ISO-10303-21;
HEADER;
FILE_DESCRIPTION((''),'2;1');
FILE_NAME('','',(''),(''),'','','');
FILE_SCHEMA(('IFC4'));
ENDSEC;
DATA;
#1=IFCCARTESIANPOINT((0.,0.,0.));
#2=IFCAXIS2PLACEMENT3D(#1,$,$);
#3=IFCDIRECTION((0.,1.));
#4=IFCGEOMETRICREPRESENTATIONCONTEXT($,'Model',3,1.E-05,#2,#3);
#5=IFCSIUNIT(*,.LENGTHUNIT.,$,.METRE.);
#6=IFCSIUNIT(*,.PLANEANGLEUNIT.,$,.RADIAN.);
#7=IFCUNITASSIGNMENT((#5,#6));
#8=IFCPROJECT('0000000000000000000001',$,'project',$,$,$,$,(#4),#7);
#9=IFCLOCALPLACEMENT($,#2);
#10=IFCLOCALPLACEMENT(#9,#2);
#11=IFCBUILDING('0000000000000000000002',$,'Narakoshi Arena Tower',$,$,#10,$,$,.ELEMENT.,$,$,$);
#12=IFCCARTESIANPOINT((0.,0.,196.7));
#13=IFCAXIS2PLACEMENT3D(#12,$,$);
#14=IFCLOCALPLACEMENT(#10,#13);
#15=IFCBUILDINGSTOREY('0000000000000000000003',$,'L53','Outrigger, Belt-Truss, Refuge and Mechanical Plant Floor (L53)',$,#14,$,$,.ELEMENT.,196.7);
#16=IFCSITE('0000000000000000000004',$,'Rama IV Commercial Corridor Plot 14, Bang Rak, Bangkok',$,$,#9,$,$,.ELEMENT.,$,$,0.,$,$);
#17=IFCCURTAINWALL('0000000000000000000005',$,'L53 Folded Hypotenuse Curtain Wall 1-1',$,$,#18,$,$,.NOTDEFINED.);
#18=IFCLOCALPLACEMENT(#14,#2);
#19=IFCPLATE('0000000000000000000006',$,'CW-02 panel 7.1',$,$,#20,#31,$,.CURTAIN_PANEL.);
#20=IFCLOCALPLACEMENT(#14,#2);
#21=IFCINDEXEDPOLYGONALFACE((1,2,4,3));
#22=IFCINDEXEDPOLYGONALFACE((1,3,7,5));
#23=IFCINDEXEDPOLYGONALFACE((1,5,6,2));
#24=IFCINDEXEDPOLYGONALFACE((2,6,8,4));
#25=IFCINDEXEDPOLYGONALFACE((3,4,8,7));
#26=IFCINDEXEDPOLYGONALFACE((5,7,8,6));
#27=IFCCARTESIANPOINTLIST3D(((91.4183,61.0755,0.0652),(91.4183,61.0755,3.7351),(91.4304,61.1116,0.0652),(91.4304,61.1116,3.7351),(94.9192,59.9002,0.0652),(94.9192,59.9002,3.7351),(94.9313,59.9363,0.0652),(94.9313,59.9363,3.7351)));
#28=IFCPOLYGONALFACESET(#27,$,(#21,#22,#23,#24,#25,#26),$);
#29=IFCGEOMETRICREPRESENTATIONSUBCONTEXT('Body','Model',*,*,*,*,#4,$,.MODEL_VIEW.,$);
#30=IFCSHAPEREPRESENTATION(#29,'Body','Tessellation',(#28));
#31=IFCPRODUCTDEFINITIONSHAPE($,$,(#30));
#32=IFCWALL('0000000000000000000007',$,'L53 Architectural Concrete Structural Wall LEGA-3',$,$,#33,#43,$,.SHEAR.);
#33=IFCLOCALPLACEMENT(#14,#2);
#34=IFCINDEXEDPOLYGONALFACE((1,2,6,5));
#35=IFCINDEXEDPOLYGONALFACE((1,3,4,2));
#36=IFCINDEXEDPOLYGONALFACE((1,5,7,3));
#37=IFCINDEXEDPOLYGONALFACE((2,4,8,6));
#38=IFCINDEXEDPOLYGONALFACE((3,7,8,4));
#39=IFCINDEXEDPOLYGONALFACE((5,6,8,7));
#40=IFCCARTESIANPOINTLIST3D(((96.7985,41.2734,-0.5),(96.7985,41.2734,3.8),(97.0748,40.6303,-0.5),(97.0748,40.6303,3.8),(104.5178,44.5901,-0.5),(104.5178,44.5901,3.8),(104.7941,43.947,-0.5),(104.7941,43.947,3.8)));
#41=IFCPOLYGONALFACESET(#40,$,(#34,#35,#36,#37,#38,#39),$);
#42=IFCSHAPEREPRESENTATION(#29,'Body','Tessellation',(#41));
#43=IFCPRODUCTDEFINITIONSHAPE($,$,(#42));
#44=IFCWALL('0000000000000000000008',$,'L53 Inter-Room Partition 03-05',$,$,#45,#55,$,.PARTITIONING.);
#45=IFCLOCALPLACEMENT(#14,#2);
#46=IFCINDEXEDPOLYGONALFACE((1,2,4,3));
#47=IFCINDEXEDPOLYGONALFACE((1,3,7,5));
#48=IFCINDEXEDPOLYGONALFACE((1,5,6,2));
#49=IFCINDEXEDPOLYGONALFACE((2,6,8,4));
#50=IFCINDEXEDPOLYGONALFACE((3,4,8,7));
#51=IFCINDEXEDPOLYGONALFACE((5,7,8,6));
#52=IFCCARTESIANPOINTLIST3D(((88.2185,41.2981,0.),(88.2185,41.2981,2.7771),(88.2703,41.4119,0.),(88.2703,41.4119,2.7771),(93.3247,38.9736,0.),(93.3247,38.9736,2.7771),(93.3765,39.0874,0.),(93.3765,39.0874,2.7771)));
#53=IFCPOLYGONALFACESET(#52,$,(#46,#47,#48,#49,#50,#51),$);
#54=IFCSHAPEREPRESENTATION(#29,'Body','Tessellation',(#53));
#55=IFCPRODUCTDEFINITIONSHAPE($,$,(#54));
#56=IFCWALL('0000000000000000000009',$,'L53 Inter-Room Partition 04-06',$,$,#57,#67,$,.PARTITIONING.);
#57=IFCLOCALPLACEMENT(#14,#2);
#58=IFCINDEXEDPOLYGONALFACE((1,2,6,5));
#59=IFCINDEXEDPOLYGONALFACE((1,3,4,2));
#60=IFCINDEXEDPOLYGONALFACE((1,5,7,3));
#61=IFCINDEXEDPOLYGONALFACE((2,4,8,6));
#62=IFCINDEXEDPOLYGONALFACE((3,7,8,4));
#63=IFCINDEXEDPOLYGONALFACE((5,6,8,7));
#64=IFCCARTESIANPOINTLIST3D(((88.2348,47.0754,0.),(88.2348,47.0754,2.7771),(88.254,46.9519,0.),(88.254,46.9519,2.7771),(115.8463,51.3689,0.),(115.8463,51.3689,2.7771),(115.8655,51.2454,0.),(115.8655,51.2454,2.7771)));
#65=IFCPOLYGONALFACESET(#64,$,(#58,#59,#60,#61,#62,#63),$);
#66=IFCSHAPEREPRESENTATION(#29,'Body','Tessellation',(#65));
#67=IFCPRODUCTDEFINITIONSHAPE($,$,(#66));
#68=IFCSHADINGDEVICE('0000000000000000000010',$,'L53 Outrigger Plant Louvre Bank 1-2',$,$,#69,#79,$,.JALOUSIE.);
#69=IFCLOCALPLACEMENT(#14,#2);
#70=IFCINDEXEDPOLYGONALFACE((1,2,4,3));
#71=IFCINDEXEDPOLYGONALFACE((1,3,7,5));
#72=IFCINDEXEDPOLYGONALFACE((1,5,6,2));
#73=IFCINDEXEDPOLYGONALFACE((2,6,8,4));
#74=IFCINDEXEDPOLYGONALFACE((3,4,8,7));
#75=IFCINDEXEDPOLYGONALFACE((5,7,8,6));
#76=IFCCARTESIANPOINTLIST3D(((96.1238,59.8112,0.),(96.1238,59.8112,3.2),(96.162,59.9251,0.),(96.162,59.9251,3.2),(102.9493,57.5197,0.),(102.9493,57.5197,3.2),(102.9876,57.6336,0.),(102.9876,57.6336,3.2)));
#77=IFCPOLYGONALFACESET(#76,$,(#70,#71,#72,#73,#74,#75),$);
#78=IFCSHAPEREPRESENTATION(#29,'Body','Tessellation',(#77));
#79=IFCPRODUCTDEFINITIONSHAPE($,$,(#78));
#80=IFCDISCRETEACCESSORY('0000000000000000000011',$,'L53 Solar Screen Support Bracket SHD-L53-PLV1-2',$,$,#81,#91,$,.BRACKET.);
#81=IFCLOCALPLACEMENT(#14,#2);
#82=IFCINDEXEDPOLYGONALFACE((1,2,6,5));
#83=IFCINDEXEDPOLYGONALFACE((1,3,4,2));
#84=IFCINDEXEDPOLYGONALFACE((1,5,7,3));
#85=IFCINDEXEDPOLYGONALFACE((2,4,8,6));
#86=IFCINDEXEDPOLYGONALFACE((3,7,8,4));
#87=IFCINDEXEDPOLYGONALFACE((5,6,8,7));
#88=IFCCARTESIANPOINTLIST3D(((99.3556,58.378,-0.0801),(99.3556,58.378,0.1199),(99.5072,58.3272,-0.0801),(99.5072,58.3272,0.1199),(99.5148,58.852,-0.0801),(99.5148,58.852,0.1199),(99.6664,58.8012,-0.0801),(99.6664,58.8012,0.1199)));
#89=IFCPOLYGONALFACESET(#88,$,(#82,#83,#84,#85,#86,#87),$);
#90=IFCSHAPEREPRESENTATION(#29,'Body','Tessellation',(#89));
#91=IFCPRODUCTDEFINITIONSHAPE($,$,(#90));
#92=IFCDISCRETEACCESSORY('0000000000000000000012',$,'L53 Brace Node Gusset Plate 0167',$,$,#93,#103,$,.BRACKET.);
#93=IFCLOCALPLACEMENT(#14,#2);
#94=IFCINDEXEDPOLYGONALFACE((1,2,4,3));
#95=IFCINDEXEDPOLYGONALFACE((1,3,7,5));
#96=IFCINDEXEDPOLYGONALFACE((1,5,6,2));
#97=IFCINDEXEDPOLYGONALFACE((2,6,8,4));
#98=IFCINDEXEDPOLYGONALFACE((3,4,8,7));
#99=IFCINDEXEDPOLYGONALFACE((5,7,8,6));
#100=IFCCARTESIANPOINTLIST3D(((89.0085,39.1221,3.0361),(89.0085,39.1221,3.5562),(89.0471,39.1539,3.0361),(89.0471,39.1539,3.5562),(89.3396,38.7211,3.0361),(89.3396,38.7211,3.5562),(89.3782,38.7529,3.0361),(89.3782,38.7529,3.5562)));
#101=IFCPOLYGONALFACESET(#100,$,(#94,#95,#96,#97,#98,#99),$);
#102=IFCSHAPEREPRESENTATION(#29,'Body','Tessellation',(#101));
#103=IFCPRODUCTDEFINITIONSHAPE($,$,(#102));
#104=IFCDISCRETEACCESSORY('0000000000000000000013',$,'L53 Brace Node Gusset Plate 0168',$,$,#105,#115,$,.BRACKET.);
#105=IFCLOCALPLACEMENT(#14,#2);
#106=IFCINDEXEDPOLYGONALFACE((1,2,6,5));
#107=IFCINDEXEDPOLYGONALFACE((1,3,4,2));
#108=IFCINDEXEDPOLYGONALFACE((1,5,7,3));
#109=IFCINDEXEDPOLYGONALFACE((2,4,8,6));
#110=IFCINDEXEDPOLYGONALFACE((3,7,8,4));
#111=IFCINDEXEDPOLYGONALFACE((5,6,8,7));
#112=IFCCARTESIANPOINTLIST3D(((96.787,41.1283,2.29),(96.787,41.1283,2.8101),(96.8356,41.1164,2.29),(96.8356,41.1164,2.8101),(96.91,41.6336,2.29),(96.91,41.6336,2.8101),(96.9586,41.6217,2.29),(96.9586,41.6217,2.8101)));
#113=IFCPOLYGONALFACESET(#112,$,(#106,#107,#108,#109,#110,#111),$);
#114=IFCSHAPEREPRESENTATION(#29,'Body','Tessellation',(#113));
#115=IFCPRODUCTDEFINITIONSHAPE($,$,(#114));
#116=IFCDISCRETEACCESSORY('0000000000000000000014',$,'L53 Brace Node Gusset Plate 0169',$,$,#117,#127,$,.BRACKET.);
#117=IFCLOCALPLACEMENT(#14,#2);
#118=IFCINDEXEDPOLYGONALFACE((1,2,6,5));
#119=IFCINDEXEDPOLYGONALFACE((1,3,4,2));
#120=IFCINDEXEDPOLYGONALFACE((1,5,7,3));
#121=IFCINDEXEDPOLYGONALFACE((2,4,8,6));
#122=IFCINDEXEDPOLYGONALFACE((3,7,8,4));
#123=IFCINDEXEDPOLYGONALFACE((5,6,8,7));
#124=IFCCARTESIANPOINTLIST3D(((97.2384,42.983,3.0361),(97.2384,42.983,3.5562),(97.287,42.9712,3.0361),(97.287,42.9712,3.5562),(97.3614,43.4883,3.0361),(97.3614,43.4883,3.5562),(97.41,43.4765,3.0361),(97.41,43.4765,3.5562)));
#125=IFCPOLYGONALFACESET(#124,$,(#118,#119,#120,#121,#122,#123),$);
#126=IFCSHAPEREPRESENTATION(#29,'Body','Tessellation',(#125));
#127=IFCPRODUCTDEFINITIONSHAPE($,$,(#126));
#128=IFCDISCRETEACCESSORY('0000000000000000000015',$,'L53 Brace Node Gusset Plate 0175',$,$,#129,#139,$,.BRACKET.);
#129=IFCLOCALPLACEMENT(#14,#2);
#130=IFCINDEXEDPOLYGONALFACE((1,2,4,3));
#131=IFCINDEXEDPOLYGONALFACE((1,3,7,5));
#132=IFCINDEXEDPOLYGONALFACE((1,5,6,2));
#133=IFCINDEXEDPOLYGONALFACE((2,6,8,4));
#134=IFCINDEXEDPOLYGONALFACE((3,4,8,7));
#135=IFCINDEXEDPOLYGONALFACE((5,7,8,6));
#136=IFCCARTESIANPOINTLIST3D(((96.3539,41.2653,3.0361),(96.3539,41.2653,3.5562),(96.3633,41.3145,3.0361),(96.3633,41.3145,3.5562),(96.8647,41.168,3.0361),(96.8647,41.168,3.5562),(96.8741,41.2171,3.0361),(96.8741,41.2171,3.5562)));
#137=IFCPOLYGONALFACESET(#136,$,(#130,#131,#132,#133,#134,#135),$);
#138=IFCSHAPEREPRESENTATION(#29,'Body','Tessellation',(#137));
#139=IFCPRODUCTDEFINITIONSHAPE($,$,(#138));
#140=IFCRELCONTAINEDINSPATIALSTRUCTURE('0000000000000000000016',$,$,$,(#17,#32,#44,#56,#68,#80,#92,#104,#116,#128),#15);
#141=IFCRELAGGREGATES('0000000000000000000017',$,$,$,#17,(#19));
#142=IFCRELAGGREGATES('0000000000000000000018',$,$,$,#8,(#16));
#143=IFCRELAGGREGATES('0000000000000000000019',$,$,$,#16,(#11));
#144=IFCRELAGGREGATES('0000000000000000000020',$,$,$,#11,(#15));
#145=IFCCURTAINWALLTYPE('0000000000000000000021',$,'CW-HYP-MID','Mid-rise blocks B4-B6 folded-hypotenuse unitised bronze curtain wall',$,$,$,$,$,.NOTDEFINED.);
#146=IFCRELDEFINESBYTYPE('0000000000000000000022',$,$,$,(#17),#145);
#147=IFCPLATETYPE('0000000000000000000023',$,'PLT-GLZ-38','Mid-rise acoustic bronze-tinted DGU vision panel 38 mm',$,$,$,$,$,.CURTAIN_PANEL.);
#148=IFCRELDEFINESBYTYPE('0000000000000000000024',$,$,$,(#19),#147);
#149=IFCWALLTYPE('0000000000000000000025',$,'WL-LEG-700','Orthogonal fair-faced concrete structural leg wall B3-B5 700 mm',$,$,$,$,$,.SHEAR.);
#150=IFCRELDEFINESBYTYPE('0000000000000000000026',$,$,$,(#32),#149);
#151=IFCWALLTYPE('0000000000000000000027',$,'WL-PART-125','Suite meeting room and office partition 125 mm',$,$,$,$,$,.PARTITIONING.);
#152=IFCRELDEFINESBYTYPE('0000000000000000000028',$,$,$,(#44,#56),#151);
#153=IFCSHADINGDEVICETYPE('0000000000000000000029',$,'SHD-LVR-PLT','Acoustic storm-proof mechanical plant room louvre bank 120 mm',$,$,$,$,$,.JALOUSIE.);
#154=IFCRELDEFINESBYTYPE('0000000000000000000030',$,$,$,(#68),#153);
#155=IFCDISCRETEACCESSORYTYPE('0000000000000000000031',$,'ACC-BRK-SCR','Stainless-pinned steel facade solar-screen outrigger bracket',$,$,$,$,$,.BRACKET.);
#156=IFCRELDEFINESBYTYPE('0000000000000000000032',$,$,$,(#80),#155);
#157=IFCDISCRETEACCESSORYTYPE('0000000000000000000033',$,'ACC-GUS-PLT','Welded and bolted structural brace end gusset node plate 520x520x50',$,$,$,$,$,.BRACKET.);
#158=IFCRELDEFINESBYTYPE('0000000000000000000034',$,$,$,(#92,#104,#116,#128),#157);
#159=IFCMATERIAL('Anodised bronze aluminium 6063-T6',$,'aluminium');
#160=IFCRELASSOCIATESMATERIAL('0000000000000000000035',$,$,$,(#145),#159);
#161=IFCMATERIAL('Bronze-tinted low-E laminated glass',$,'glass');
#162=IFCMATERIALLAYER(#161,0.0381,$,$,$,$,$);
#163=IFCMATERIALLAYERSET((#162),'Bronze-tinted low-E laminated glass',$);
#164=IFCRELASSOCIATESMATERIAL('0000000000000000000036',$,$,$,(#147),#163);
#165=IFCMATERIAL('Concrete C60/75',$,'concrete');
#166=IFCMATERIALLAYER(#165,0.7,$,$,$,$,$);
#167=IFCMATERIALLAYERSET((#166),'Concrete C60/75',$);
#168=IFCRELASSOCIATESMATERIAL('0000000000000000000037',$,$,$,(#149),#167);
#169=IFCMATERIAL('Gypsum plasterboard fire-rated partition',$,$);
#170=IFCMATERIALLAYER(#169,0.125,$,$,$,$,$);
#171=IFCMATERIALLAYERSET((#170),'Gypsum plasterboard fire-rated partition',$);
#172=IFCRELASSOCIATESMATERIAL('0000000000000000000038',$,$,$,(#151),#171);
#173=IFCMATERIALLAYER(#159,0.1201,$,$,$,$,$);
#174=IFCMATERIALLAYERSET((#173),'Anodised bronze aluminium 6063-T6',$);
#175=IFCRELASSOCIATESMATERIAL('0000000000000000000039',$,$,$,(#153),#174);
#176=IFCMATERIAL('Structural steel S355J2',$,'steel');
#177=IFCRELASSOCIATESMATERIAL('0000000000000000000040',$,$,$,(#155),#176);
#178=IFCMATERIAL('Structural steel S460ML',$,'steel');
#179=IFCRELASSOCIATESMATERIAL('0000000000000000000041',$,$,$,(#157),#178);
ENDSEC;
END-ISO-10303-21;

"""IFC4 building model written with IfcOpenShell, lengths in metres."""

from ifc_helpers import new_model, si_unit, direction, frame, frame_2d, origin, origin_2d, place, context, subcontext, project, spatial, rectangle, extrude, material, layer, layer_set, type_object, element, aggregate, save


model = new_model("IFC4")

# Units and contexts
model_context = context("Model", 3, precision=1e-05, world=origin(), true_north=direction((0.0, 1.0)))
body_context = subcontext(model_context, "Body", "Model", "MODEL_VIEW")
ifc_project = project(units=[si_unit("LENGTHUNIT", "METRE"), si_unit("PLANEANGLEUNIT", "RADIAN")], contexts=[model_context])

# Site, building, storey
site_placement = place(None, origin())
site = spatial("IfcSite", under=ifc_project, at=site_placement, Name="Rama IV Commercial Corridor Plot 14, Bang Rak, Bangkok", CompositionType="ELEMENT", RefElevation=0.0)
building_placement = place(site_placement, origin())
building = spatial("IfcBuilding", under=site, at=building_placement, Name="Narakoshi Arena Tower", CompositionType="ELEMENT")
storey_placement = place(building_placement, frame((0.0, 0.0, 196.7)))
storey = spatial("IfcBuildingStorey", under=building, at=storey_placement, Name="L53", Description="Outrigger, Belt-Truss, Refuge and Mechanical Plant Floor (L53)", CompositionType="ELEMENT", Elevation=196.7)

# Shared definitions
ifc_material_1 = material(Name="Structural steel S460ML", Category="steel")

# Shared definitions
ifc_material_2 = material(Name="Structural steel S355J2", Category="steel")

# Curtain wall, plate
ifc_material_3 = material(Name="Anodised bronze aluminium 6063-T6", Category="aluminium")
curtain_wall_type = type_object("IfcCurtainWallType", Name="CW-HYP-MID", Description="Mid-rise blocks B4-B6 folded-hypotenuse unitised bronze curtain wall", PredefinedType="NOTDEFINED", material=ifc_material_3)
curtain_wall_placement = place(storey_placement, origin())
curtain_wall = element("IfcCurtainWall", 1, at=curtain_wall_placement, inside=storey, type_object=curtain_wall_type, Name="L53 Folded Hypotenuse Curtain Wall 1-1", PredefinedType="NOTDEFINED")
ifc_material_4 = material(Name="Bronze-tinted low-E laminated glass", Category="glass")
ifc_layer_1 = layer(ifc_material_4, 0.0381)
ifc_layer_set_1 = layer_set([ifc_layer_1], Name="Bronze-tinted low-E laminated glass")
plate_type = type_object("IfcPlateType", Name="PLT-GLZ-38", Description="Mid-rise acoustic bronze-tinted DGU vision panel 38 mm", PredefinedType="CURTAIN_PANEL", material=ifc_layer_set_1)
plate_1_placement = place(storey_placement, frame((93.1748, 60.5059, 0.0652), z_axis=(0.0, 0.0, 1.0), x_axis=(-0.948003, 0.318261, 0.0)))
plate_1 = element("IfcPlate", 2, at=plate_1_placement, type_object=plate_type, Name="CW-02 panel 7.1", PredefinedType="CURTAIN_PANEL", context=body_context, shape_type="SweptSolid", body=[
    extrude(rectangle(XDim=3.6929, YDim=0.0381, at=origin_2d()), origin(), (0.0, 0.0, 1.0), 3.6699),
])
aggregate(curtain_wall, [plate_1])

# Walls
ifc_material_5 = material(Name="Concrete C60/75", Category="concrete")
ifc_layer_2 = layer(ifc_material_5, 0.7)
ifc_layer_set_2 = layer_set([ifc_layer_2], Name="Concrete C60/75")
wall_type_1 = type_object("IfcWallType", Name="WL-LEG-700", Description="Orthogonal fair-faced concrete structural leg wall B3-B5 700 mm", PredefinedType="SHEAR", material=ifc_layer_set_2)
wall_1_placement = place(storey_placement, frame((96.9368, 40.9519, -0.5), z_axis=(0.0, 0.0, 1.0), x_axis=(0.918782, 0.394764, 0.0)))
element("IfcWall", 3, at=wall_1_placement, inside=storey, type_object=wall_type_1, Name="L53 Architectural Concrete Structural Wall LEGA-3", PredefinedType="SHEAR", context=body_context, shape_type="SweptSolid", body=[
    extrude(rectangle(XDim=8.4016, YDim=0.7, at=frame_2d((4.2007, 0.0))), origin(), (0.0, 0.0, 1.0), 4.3),
])
ifc_material_6 = material(Name="Gypsum plasterboard fire-rated partition")
ifc_layer_3 = layer(ifc_material_6, 0.125)
ifc_layer_set_3 = layer_set([ifc_layer_3], Name="Gypsum plasterboard fire-rated partition")
wall_type_2 = type_object("IfcWallType", Name="WL-PART-125", Description="Suite meeting room and office partition 125 mm", PredefinedType="PARTITIONING", material=ifc_layer_set_3)
wall_2_placement = place(storey_placement, frame((88.2444, 41.355, 0.0), z_axis=(0.0, 0.0, 1.0), x_axis=(0.910134, -0.414314, 0.0)))
element("IfcWall", 4, at=wall_2_placement, inside=storey, type_object=wall_type_2, Name="L53 Inter-Room Partition 03-05", PredefinedType="PARTITIONING", context=body_context, shape_type="SweptSolid", body=[
    extrude(rectangle(XDim=5.6104, YDim=0.125, at=frame_2d((2.8052, 0.0))), origin(), (0.0, 0.0, 1.0), 2.7771),
])
wall_3_placement = place(storey_placement, frame((88.2444, 47.0137, 0.0), z_axis=(0.0, 0.0, 1.0), x_axis=(0.988126, 0.153648, 0.0)))
element("IfcWall", 5, at=wall_3_placement, inside=storey, type_object=wall_type_2, Name="L53 Inter-Room Partition 04-06", PredefinedType="PARTITIONING", context=body_context, shape_type="SweptSolid", body=[
    extrude(rectangle(XDim=27.9434, YDim=0.125, at=frame_2d((13.9717, 0.0))), origin(), (0.0, 0.0, 1.0), 2.7771),
])

# Shading device
ifc_layer_4 = layer(ifc_material_3, 0.1201)
ifc_layer_set_4 = layer_set([ifc_layer_4], Name="Anodised bronze aluminium 6063-T6")
shading_device_type = type_object("IfcShadingDeviceType", Name="SHD-LVR-PLT", Description="Acoustic storm-proof mechanical plant room louvre bank 120 mm", PredefinedType="JALOUSIE", material=ifc_layer_set_4)
shading_device_placement = place(storey_placement, frame((99.5557, 58.7224, 0.0), z_axis=(0.0, 0.0, 1.0), x_axis=(-0.948002, 0.318264, 0.0)))
element("IfcShadingDevice", 6, at=shading_device_placement, inside=storey, type_object=shading_device_type, Name="L53 Outrigger Plant Louvre Bank 1-2", PredefinedType="JALOUSIE", context=body_context, shape_type="SweptSolid", body=[
    extrude(rectangle(XDim=7.2, YDim=0.1201, at=origin_2d()), origin(), (0.0, 0.0, 1.0), 3.2),
])

# Discrete accessories
discrete_accessory_type_1 = type_object("IfcDiscreteAccessoryType", Name="ACC-BRK-SCR", Description="Stainless-pinned steel facade solar-screen outrigger bracket", PredefinedType="BRACKET", material=ifc_material_2)
discrete_accessory_placement = place(storey_placement, frame((99.511, 58.5896, -0.0801), z_axis=(0.0, 0.0, 1.0), x_axis=(-0.948002, 0.318264, 0.0)))
element("IfcDiscreteAccessory", 7, at=discrete_accessory_placement, inside=storey, type_object=discrete_accessory_type_1, Name="L53 Solar Screen Support Bracket SHD-L53-PLV1-2", PredefinedType="BRACKET", context=body_context, shape_type="SweptSolid", body=[
    extrude(rectangle(XDim=0.1599, YDim=0.5, at=origin_2d()), origin(), (0.0, 0.0, 1.0), 0.2),
])
discrete_accessory_type_2 = type_object("IfcDiscreteAccessoryType", Name="ACC-GUS-PLT", Description="Welded and bolted structural brace end gusset node plate 520x520x50", PredefinedType="BRACKET", material=ifc_material_1)
for number, where, z_axis, x_axis, name in (
    (8, (89.1934, 38.9375, 3.0361), (0.0, 0.0, 1.0), (-0.636751, 0.771069, 0.0), "L53 Brace Node Gusset Plate 0167"),
    (9, (96.8728, 41.375, 2.29), (0.0, 0.0, 1.0), (0.236499, 0.971632, 0.0), "L53 Brace Node Gusset Plate 0168"),
    (10, (97.3242, 43.2297, 3.0361), (0.0, 0.0, 1.0), (0.236499, 0.971632, 0.0), "L53 Brace Node Gusset Plate 0169"),
    (11, (96.614, 41.2412, 3.0361), (0.0, 0.0, 1.0), (-0.98232, 0.18721, 0.0), "L53 Brace Node Gusset Plate 0175"),
):
    element("IfcDiscreteAccessory", number, at=place(storey_placement, frame(where, z_axis=z_axis, x_axis=x_axis)), inside=storey, type_object=discrete_accessory_type_2, Name=name, PredefinedType="BRACKET", context=body_context, shape_type="SweptSolid", body=[
        extrude(rectangle(XDim=0.52, YDim=0.05, at=origin_2d()), origin(), (0.0, 0.0, 1.0), 0.52),
    ])

save(model, "model.ifc")
